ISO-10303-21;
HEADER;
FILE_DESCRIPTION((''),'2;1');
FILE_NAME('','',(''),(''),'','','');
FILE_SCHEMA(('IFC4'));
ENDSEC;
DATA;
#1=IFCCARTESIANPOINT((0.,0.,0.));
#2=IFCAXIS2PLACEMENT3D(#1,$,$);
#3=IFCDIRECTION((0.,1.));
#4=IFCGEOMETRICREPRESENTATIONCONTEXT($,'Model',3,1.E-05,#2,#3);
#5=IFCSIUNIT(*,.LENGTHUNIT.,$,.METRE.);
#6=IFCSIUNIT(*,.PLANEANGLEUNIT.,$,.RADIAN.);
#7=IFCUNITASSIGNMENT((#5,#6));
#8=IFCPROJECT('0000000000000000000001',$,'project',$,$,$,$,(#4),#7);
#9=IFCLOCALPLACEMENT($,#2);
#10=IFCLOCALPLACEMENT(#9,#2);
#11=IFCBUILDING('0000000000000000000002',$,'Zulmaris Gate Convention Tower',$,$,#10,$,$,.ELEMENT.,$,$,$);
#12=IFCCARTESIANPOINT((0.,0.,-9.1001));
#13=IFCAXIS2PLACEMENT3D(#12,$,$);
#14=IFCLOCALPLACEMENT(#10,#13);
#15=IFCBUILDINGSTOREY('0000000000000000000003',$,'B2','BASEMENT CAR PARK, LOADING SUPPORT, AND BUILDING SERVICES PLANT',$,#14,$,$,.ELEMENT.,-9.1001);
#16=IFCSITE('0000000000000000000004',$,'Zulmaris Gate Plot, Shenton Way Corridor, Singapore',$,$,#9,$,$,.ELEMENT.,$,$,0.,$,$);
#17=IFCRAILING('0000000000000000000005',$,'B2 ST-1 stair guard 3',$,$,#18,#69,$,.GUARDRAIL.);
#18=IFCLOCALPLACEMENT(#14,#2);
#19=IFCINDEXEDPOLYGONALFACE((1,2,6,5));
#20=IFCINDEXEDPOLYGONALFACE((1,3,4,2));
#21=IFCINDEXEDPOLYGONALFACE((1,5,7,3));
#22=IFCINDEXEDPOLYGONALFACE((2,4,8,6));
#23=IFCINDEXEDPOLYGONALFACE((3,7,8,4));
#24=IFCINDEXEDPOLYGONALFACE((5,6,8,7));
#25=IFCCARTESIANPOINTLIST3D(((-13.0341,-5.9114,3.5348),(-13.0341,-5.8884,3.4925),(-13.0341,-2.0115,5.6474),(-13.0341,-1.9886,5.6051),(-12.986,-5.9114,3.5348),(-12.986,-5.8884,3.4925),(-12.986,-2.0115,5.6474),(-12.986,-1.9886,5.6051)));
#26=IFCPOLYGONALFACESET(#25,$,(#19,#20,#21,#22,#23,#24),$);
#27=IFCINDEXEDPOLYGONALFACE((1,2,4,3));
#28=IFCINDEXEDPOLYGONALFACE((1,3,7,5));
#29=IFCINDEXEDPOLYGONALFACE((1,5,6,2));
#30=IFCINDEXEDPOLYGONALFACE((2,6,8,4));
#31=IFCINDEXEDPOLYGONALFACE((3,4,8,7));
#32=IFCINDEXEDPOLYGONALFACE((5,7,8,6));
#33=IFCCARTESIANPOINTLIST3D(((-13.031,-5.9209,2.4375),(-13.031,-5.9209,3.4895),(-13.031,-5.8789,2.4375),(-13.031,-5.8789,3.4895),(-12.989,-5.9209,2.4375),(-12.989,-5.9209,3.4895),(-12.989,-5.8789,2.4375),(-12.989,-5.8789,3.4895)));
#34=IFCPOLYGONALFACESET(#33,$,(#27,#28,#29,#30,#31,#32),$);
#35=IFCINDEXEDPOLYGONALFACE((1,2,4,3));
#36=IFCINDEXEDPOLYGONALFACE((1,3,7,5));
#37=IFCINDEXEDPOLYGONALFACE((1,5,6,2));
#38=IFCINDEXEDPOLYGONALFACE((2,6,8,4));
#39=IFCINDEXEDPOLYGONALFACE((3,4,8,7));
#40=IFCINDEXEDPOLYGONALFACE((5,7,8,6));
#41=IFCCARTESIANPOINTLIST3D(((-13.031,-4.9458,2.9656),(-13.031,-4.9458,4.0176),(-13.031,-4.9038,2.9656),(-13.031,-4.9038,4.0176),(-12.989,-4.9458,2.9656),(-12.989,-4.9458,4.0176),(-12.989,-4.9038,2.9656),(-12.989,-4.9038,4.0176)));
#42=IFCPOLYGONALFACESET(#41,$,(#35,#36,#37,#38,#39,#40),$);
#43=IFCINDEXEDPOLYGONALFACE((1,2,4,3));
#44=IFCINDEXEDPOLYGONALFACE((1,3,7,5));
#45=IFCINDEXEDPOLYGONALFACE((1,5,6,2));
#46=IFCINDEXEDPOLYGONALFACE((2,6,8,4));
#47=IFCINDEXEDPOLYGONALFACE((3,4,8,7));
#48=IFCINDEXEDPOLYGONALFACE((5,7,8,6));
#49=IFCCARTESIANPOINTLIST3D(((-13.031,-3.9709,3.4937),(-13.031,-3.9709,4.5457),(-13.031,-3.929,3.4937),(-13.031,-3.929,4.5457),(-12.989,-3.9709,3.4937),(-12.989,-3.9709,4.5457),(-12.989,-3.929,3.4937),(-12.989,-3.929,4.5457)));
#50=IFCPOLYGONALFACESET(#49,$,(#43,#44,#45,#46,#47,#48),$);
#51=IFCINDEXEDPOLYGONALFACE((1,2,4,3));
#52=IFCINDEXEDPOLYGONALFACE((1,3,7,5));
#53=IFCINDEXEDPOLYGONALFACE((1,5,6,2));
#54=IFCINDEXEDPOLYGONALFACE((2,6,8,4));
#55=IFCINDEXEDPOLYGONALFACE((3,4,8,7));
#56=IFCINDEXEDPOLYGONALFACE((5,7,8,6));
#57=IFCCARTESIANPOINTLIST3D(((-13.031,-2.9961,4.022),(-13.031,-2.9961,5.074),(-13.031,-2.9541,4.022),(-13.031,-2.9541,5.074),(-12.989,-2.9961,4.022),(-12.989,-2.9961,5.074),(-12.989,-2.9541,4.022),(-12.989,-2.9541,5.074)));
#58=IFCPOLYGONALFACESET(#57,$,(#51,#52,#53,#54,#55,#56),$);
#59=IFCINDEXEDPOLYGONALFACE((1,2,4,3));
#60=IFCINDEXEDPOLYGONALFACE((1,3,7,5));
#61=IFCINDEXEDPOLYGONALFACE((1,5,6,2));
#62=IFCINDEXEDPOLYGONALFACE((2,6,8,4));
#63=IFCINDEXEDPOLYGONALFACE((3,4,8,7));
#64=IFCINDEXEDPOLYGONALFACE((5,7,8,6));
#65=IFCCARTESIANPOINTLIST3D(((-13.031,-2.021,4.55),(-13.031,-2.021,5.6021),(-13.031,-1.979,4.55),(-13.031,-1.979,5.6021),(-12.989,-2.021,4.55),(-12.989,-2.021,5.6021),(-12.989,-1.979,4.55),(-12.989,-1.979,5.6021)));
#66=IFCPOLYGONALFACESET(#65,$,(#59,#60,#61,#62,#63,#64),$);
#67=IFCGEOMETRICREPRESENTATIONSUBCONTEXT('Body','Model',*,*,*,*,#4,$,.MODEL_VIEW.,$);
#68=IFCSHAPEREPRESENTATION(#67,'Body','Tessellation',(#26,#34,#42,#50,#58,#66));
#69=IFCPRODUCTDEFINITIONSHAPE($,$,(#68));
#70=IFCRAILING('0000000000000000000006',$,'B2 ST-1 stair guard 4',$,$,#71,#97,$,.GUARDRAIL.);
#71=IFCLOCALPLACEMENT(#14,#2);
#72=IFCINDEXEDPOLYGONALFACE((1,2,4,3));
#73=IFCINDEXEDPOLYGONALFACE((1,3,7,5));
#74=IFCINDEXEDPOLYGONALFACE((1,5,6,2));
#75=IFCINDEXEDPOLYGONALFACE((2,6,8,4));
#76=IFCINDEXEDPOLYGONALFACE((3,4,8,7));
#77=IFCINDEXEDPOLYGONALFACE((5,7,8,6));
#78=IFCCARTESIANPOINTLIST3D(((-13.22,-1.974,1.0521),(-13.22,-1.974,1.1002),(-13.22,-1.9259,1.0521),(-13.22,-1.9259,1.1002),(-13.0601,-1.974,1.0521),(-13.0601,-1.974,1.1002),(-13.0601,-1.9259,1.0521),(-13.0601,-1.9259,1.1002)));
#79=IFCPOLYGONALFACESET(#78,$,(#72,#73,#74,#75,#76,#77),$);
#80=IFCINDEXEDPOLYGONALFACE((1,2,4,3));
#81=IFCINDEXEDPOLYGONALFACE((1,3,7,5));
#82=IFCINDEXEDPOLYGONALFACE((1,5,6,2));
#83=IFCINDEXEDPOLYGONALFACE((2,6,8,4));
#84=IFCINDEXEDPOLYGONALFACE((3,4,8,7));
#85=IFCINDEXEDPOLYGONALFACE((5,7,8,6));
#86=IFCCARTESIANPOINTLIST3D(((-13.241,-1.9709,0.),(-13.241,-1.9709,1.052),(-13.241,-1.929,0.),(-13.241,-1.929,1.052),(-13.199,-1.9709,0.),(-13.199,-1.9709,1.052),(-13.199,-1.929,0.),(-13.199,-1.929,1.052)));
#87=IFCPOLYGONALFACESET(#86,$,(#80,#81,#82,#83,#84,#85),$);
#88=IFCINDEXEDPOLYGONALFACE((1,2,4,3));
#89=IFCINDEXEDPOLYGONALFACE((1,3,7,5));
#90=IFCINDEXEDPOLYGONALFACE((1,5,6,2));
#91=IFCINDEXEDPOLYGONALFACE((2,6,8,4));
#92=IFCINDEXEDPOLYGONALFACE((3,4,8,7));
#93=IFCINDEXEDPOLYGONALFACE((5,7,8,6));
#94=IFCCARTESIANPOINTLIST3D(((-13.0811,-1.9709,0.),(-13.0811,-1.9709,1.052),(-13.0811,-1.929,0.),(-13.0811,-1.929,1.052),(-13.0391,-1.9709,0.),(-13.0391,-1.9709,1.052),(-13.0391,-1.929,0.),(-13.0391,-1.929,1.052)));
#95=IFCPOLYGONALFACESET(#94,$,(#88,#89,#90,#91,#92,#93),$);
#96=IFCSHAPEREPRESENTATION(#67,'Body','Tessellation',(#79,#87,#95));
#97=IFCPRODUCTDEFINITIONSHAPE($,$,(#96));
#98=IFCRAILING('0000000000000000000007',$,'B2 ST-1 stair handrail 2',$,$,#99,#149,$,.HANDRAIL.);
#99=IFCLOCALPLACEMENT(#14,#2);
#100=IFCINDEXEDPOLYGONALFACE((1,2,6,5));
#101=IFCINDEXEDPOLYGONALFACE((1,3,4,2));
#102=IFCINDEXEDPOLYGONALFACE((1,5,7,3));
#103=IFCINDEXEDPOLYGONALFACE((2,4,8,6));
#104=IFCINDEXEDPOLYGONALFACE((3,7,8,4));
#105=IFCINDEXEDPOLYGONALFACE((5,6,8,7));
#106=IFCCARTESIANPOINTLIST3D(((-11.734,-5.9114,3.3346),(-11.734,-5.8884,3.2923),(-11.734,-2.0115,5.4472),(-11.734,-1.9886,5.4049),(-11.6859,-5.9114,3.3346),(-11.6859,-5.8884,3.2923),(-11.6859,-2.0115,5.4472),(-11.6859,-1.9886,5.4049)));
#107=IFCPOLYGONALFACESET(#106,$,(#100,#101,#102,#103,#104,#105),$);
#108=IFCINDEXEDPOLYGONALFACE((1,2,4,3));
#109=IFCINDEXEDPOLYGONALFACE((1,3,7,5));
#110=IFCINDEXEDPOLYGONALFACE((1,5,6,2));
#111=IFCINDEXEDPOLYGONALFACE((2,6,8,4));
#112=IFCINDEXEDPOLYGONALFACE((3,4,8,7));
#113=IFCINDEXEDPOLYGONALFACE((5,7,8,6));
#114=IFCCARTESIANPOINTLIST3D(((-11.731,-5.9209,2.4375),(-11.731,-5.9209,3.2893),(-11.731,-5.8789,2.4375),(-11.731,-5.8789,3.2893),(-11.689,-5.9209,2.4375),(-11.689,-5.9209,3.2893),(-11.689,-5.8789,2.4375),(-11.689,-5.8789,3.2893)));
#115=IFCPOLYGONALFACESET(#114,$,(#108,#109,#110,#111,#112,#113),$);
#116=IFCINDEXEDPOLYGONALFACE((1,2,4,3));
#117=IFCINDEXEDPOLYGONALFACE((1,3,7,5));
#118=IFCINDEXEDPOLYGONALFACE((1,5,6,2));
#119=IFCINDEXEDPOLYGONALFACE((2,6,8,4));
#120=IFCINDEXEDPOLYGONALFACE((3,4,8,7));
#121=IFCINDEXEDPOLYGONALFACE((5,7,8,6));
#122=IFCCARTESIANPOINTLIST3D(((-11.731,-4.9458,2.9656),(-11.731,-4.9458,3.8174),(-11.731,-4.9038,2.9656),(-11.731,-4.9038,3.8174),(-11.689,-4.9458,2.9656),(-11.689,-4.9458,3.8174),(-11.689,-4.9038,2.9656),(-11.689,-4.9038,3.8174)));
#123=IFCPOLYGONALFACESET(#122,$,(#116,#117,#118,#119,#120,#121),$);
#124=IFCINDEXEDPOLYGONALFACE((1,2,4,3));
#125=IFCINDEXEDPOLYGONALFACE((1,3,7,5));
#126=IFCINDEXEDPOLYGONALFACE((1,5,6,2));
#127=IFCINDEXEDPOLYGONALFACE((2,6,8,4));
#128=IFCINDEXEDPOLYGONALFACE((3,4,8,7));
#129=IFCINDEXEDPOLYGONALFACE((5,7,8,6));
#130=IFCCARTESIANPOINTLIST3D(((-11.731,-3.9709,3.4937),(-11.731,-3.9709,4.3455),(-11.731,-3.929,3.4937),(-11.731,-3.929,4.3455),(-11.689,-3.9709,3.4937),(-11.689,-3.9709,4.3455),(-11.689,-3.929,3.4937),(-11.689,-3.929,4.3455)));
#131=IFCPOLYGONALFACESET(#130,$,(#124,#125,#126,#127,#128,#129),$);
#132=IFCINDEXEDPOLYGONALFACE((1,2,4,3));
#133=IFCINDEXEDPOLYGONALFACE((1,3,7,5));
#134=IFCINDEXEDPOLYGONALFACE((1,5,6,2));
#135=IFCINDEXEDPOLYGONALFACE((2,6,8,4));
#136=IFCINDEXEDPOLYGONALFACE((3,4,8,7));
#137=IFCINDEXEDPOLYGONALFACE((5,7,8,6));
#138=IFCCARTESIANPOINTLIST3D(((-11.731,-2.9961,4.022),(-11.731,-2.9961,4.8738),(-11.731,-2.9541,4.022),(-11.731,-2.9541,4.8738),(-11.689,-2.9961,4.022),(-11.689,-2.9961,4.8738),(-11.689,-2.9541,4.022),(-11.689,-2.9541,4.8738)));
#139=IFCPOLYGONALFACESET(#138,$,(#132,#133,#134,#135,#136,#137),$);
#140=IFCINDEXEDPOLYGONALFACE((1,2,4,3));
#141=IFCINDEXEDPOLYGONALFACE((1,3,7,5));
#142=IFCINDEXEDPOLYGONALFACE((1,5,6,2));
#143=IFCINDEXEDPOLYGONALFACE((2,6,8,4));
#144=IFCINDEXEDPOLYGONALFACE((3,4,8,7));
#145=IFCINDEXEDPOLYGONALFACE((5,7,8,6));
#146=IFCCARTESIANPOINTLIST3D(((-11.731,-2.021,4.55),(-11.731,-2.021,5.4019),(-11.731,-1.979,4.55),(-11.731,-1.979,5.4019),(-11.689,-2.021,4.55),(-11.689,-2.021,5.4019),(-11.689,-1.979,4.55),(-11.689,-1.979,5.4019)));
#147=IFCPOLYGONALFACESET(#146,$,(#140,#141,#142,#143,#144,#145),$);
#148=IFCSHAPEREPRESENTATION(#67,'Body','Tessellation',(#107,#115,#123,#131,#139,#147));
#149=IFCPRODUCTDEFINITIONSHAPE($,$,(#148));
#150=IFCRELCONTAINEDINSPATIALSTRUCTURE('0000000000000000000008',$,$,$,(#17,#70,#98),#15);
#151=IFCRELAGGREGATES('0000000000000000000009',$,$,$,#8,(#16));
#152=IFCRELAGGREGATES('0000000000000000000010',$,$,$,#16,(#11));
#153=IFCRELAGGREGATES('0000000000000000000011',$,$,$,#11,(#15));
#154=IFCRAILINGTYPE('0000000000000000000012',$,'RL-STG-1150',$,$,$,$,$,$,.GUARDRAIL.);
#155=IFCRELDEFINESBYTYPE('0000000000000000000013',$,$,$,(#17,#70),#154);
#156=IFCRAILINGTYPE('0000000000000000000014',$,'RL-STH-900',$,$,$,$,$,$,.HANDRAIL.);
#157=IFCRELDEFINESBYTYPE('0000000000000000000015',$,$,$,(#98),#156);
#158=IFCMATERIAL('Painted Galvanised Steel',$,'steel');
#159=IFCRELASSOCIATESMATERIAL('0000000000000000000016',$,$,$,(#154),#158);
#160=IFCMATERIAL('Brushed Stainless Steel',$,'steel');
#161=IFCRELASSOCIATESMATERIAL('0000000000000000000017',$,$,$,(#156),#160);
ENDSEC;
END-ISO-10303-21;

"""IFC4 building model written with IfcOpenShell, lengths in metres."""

from ifc_helpers import new_model, si_unit, direction, frame, origin, origin_2d, place, context, subcontext, project, spatial, rectangle, extrude, material, type_object, element, save


model = new_model("IFC4")

# Units and contexts
model_context = context("Model", 3, precision=1e-05, world=origin(), true_north=direction((0.0, 1.0)))
body_context = subcontext(model_context, "Body", "Model", "MODEL_VIEW")
ifc_project = project(units=[si_unit("LENGTHUNIT", "METRE"), si_unit("PLANEANGLEUNIT", "RADIAN")], contexts=[model_context])

# Site, building, storey
site_placement = place(None, origin())
site = spatial("IfcSite", under=ifc_project, at=site_placement, Name="Zulmaris Gate Plot, Shenton Way Corridor, Singapore", CompositionType="ELEMENT", RefElevation=0.0)
building_placement = place(site_placement, origin())
building = spatial("IfcBuilding", under=site, at=building_placement, Name="Zulmaris Gate Convention Tower", CompositionType="ELEMENT")
storey_placement = place(building_placement, frame((0.0, 0.0, -9.1001)))
storey = spatial("IfcBuildingStorey", under=building, at=storey_placement, Name="B2", Description="BASEMENT CAR PARK, LOADING SUPPORT, AND BUILDING SERVICES PLANT", CompositionType="ELEMENT", Elevation=-9.1001)

# Railings
ifc_material_1 = material(Name="Painted Galvanised Steel", Category="steel")
railing_type_1 = type_object("IfcRailingType", Name="RL-STG-1150", PredefinedType="GUARDRAIL", material=ifc_material_1)
railing_1_placement = place(storey_placement, frame((-13.01, -5.8999, 2.4375)))
element("IfcRailing", 1, at=railing_1_placement, inside=storey, type_object=railing_type_1, Name="B2 ST-1 stair guard 3", PredefinedType="GUARDRAIL", context=body_context, shape_type="SweptSolid", body=[
    extrude(rectangle(XDim=0.0481, YDim=0.0481, at=origin_2d()), frame((0.0, 0.0, 1.0762), z_axis=(0.0, 0.879282, 0.476301), x_axis=(-1.0, 0.0, 0.0)), (0.0, 0.0, 1.0), 4.4353),
    extrude(rectangle(XDim=0.042, YDim=0.042, at=origin_2d()), origin(), (0.0, 0.0, 1.0), 1.052),
    extrude(rectangle(XDim=0.042, YDim=0.042, at=origin_2d()), frame((0.0, 0.9751, 0.5281)), (0.0, 0.0, 1.0), 1.052),
    extrude(rectangle(XDim=0.042, YDim=0.042, at=origin_2d()), frame((0.0, 1.95, 1.0562)), (0.0, 0.0, 1.0), 1.052),
    extrude(rectangle(XDim=0.042, YDim=0.042, at=origin_2d()), frame((0.0, 2.9248, 1.5845)), (0.0, 0.0, 1.0), 1.052),
    extrude(rectangle(XDim=0.042, YDim=0.042, at=origin_2d()), frame((0.0, 3.8999, 2.1125)), (0.0, 0.0, 1.0), 1.052),
])
railing_2_placement = place(storey_placement, frame((-13.22, -1.95, 0.0)))
element("IfcRailing", 2, at=railing_2_placement, inside=storey, type_object=railing_type_1, Name="B2 ST-1 stair guard 4", PredefinedType="GUARDRAIL", context=body_context, shape_type="SweptSolid", body=[
    extrude(rectangle(XDim=0.0481, YDim=0.0481, at=origin_2d()), frame((0.0, 0.0, 1.0762), z_axis=(1.0, 0.0, 0.0), x_axis=(0.0, 1.0, 0.0)), (0.0, 0.0, 1.0), 0.1599),
    extrude(rectangle(XDim=0.042, YDim=0.042, at=origin_2d()), origin(), (0.0, 0.0, 1.0), 1.052),
    extrude(rectangle(XDim=0.042, YDim=0.042, at=origin_2d()), frame((0.1599, 0.0, 0.0)), (0.0, 0.0, 1.0), 1.052),
])
ifc_material_2 = material(Name="Brushed Stainless Steel", Category="steel")
railing_type_2 = type_object("IfcRailingType", Name="RL-STH-900", PredefinedType="HANDRAIL", material=ifc_material_2)
railing_3_placement = place(storey_placement, frame((-11.71, -5.8999, 2.4375)))
element("IfcRailing", 3, at=railing_3_placement, inside=storey, type_object=railing_type_2, Name="B2 ST-1 stair handrail 2", PredefinedType="HANDRAIL", context=body_context, shape_type="SweptSolid", body=[
    extrude(rectangle(XDim=0.0481, YDim=0.0481, at=origin_2d()), frame((0.0, 0.0, 0.876), z_axis=(0.0, 0.879282, 0.476301), x_axis=(-1.0, 0.0, 0.0)), (0.0, 0.0, 1.0), 4.4353),
    extrude(rectangle(XDim=0.042, YDim=0.042, at=origin_2d()), origin(), (0.0, 0.0, 1.0), 0.8518),
    extrude(rectangle(XDim=0.042, YDim=0.042, at=origin_2d()), frame((0.0, 0.9751, 0.5281)), (0.0, 0.0, 1.0), 0.8518),
    extrude(rectangle(XDim=0.042, YDim=0.042, at=origin_2d()), frame((0.0, 1.95, 1.0562)), (0.0, 0.0, 1.0), 0.8518),
    extrude(rectangle(XDim=0.042, YDim=0.042, at=origin_2d()), frame((0.0, 2.9248, 1.5845)), (0.0, 0.0, 1.0), 0.8518),
    extrude(rectangle(XDim=0.042, YDim=0.042, at=origin_2d()), frame((0.0, 3.8999, 2.1125)), (0.0, 0.0, 1.0), 0.8518),
])

save(model, "model.ifc")
